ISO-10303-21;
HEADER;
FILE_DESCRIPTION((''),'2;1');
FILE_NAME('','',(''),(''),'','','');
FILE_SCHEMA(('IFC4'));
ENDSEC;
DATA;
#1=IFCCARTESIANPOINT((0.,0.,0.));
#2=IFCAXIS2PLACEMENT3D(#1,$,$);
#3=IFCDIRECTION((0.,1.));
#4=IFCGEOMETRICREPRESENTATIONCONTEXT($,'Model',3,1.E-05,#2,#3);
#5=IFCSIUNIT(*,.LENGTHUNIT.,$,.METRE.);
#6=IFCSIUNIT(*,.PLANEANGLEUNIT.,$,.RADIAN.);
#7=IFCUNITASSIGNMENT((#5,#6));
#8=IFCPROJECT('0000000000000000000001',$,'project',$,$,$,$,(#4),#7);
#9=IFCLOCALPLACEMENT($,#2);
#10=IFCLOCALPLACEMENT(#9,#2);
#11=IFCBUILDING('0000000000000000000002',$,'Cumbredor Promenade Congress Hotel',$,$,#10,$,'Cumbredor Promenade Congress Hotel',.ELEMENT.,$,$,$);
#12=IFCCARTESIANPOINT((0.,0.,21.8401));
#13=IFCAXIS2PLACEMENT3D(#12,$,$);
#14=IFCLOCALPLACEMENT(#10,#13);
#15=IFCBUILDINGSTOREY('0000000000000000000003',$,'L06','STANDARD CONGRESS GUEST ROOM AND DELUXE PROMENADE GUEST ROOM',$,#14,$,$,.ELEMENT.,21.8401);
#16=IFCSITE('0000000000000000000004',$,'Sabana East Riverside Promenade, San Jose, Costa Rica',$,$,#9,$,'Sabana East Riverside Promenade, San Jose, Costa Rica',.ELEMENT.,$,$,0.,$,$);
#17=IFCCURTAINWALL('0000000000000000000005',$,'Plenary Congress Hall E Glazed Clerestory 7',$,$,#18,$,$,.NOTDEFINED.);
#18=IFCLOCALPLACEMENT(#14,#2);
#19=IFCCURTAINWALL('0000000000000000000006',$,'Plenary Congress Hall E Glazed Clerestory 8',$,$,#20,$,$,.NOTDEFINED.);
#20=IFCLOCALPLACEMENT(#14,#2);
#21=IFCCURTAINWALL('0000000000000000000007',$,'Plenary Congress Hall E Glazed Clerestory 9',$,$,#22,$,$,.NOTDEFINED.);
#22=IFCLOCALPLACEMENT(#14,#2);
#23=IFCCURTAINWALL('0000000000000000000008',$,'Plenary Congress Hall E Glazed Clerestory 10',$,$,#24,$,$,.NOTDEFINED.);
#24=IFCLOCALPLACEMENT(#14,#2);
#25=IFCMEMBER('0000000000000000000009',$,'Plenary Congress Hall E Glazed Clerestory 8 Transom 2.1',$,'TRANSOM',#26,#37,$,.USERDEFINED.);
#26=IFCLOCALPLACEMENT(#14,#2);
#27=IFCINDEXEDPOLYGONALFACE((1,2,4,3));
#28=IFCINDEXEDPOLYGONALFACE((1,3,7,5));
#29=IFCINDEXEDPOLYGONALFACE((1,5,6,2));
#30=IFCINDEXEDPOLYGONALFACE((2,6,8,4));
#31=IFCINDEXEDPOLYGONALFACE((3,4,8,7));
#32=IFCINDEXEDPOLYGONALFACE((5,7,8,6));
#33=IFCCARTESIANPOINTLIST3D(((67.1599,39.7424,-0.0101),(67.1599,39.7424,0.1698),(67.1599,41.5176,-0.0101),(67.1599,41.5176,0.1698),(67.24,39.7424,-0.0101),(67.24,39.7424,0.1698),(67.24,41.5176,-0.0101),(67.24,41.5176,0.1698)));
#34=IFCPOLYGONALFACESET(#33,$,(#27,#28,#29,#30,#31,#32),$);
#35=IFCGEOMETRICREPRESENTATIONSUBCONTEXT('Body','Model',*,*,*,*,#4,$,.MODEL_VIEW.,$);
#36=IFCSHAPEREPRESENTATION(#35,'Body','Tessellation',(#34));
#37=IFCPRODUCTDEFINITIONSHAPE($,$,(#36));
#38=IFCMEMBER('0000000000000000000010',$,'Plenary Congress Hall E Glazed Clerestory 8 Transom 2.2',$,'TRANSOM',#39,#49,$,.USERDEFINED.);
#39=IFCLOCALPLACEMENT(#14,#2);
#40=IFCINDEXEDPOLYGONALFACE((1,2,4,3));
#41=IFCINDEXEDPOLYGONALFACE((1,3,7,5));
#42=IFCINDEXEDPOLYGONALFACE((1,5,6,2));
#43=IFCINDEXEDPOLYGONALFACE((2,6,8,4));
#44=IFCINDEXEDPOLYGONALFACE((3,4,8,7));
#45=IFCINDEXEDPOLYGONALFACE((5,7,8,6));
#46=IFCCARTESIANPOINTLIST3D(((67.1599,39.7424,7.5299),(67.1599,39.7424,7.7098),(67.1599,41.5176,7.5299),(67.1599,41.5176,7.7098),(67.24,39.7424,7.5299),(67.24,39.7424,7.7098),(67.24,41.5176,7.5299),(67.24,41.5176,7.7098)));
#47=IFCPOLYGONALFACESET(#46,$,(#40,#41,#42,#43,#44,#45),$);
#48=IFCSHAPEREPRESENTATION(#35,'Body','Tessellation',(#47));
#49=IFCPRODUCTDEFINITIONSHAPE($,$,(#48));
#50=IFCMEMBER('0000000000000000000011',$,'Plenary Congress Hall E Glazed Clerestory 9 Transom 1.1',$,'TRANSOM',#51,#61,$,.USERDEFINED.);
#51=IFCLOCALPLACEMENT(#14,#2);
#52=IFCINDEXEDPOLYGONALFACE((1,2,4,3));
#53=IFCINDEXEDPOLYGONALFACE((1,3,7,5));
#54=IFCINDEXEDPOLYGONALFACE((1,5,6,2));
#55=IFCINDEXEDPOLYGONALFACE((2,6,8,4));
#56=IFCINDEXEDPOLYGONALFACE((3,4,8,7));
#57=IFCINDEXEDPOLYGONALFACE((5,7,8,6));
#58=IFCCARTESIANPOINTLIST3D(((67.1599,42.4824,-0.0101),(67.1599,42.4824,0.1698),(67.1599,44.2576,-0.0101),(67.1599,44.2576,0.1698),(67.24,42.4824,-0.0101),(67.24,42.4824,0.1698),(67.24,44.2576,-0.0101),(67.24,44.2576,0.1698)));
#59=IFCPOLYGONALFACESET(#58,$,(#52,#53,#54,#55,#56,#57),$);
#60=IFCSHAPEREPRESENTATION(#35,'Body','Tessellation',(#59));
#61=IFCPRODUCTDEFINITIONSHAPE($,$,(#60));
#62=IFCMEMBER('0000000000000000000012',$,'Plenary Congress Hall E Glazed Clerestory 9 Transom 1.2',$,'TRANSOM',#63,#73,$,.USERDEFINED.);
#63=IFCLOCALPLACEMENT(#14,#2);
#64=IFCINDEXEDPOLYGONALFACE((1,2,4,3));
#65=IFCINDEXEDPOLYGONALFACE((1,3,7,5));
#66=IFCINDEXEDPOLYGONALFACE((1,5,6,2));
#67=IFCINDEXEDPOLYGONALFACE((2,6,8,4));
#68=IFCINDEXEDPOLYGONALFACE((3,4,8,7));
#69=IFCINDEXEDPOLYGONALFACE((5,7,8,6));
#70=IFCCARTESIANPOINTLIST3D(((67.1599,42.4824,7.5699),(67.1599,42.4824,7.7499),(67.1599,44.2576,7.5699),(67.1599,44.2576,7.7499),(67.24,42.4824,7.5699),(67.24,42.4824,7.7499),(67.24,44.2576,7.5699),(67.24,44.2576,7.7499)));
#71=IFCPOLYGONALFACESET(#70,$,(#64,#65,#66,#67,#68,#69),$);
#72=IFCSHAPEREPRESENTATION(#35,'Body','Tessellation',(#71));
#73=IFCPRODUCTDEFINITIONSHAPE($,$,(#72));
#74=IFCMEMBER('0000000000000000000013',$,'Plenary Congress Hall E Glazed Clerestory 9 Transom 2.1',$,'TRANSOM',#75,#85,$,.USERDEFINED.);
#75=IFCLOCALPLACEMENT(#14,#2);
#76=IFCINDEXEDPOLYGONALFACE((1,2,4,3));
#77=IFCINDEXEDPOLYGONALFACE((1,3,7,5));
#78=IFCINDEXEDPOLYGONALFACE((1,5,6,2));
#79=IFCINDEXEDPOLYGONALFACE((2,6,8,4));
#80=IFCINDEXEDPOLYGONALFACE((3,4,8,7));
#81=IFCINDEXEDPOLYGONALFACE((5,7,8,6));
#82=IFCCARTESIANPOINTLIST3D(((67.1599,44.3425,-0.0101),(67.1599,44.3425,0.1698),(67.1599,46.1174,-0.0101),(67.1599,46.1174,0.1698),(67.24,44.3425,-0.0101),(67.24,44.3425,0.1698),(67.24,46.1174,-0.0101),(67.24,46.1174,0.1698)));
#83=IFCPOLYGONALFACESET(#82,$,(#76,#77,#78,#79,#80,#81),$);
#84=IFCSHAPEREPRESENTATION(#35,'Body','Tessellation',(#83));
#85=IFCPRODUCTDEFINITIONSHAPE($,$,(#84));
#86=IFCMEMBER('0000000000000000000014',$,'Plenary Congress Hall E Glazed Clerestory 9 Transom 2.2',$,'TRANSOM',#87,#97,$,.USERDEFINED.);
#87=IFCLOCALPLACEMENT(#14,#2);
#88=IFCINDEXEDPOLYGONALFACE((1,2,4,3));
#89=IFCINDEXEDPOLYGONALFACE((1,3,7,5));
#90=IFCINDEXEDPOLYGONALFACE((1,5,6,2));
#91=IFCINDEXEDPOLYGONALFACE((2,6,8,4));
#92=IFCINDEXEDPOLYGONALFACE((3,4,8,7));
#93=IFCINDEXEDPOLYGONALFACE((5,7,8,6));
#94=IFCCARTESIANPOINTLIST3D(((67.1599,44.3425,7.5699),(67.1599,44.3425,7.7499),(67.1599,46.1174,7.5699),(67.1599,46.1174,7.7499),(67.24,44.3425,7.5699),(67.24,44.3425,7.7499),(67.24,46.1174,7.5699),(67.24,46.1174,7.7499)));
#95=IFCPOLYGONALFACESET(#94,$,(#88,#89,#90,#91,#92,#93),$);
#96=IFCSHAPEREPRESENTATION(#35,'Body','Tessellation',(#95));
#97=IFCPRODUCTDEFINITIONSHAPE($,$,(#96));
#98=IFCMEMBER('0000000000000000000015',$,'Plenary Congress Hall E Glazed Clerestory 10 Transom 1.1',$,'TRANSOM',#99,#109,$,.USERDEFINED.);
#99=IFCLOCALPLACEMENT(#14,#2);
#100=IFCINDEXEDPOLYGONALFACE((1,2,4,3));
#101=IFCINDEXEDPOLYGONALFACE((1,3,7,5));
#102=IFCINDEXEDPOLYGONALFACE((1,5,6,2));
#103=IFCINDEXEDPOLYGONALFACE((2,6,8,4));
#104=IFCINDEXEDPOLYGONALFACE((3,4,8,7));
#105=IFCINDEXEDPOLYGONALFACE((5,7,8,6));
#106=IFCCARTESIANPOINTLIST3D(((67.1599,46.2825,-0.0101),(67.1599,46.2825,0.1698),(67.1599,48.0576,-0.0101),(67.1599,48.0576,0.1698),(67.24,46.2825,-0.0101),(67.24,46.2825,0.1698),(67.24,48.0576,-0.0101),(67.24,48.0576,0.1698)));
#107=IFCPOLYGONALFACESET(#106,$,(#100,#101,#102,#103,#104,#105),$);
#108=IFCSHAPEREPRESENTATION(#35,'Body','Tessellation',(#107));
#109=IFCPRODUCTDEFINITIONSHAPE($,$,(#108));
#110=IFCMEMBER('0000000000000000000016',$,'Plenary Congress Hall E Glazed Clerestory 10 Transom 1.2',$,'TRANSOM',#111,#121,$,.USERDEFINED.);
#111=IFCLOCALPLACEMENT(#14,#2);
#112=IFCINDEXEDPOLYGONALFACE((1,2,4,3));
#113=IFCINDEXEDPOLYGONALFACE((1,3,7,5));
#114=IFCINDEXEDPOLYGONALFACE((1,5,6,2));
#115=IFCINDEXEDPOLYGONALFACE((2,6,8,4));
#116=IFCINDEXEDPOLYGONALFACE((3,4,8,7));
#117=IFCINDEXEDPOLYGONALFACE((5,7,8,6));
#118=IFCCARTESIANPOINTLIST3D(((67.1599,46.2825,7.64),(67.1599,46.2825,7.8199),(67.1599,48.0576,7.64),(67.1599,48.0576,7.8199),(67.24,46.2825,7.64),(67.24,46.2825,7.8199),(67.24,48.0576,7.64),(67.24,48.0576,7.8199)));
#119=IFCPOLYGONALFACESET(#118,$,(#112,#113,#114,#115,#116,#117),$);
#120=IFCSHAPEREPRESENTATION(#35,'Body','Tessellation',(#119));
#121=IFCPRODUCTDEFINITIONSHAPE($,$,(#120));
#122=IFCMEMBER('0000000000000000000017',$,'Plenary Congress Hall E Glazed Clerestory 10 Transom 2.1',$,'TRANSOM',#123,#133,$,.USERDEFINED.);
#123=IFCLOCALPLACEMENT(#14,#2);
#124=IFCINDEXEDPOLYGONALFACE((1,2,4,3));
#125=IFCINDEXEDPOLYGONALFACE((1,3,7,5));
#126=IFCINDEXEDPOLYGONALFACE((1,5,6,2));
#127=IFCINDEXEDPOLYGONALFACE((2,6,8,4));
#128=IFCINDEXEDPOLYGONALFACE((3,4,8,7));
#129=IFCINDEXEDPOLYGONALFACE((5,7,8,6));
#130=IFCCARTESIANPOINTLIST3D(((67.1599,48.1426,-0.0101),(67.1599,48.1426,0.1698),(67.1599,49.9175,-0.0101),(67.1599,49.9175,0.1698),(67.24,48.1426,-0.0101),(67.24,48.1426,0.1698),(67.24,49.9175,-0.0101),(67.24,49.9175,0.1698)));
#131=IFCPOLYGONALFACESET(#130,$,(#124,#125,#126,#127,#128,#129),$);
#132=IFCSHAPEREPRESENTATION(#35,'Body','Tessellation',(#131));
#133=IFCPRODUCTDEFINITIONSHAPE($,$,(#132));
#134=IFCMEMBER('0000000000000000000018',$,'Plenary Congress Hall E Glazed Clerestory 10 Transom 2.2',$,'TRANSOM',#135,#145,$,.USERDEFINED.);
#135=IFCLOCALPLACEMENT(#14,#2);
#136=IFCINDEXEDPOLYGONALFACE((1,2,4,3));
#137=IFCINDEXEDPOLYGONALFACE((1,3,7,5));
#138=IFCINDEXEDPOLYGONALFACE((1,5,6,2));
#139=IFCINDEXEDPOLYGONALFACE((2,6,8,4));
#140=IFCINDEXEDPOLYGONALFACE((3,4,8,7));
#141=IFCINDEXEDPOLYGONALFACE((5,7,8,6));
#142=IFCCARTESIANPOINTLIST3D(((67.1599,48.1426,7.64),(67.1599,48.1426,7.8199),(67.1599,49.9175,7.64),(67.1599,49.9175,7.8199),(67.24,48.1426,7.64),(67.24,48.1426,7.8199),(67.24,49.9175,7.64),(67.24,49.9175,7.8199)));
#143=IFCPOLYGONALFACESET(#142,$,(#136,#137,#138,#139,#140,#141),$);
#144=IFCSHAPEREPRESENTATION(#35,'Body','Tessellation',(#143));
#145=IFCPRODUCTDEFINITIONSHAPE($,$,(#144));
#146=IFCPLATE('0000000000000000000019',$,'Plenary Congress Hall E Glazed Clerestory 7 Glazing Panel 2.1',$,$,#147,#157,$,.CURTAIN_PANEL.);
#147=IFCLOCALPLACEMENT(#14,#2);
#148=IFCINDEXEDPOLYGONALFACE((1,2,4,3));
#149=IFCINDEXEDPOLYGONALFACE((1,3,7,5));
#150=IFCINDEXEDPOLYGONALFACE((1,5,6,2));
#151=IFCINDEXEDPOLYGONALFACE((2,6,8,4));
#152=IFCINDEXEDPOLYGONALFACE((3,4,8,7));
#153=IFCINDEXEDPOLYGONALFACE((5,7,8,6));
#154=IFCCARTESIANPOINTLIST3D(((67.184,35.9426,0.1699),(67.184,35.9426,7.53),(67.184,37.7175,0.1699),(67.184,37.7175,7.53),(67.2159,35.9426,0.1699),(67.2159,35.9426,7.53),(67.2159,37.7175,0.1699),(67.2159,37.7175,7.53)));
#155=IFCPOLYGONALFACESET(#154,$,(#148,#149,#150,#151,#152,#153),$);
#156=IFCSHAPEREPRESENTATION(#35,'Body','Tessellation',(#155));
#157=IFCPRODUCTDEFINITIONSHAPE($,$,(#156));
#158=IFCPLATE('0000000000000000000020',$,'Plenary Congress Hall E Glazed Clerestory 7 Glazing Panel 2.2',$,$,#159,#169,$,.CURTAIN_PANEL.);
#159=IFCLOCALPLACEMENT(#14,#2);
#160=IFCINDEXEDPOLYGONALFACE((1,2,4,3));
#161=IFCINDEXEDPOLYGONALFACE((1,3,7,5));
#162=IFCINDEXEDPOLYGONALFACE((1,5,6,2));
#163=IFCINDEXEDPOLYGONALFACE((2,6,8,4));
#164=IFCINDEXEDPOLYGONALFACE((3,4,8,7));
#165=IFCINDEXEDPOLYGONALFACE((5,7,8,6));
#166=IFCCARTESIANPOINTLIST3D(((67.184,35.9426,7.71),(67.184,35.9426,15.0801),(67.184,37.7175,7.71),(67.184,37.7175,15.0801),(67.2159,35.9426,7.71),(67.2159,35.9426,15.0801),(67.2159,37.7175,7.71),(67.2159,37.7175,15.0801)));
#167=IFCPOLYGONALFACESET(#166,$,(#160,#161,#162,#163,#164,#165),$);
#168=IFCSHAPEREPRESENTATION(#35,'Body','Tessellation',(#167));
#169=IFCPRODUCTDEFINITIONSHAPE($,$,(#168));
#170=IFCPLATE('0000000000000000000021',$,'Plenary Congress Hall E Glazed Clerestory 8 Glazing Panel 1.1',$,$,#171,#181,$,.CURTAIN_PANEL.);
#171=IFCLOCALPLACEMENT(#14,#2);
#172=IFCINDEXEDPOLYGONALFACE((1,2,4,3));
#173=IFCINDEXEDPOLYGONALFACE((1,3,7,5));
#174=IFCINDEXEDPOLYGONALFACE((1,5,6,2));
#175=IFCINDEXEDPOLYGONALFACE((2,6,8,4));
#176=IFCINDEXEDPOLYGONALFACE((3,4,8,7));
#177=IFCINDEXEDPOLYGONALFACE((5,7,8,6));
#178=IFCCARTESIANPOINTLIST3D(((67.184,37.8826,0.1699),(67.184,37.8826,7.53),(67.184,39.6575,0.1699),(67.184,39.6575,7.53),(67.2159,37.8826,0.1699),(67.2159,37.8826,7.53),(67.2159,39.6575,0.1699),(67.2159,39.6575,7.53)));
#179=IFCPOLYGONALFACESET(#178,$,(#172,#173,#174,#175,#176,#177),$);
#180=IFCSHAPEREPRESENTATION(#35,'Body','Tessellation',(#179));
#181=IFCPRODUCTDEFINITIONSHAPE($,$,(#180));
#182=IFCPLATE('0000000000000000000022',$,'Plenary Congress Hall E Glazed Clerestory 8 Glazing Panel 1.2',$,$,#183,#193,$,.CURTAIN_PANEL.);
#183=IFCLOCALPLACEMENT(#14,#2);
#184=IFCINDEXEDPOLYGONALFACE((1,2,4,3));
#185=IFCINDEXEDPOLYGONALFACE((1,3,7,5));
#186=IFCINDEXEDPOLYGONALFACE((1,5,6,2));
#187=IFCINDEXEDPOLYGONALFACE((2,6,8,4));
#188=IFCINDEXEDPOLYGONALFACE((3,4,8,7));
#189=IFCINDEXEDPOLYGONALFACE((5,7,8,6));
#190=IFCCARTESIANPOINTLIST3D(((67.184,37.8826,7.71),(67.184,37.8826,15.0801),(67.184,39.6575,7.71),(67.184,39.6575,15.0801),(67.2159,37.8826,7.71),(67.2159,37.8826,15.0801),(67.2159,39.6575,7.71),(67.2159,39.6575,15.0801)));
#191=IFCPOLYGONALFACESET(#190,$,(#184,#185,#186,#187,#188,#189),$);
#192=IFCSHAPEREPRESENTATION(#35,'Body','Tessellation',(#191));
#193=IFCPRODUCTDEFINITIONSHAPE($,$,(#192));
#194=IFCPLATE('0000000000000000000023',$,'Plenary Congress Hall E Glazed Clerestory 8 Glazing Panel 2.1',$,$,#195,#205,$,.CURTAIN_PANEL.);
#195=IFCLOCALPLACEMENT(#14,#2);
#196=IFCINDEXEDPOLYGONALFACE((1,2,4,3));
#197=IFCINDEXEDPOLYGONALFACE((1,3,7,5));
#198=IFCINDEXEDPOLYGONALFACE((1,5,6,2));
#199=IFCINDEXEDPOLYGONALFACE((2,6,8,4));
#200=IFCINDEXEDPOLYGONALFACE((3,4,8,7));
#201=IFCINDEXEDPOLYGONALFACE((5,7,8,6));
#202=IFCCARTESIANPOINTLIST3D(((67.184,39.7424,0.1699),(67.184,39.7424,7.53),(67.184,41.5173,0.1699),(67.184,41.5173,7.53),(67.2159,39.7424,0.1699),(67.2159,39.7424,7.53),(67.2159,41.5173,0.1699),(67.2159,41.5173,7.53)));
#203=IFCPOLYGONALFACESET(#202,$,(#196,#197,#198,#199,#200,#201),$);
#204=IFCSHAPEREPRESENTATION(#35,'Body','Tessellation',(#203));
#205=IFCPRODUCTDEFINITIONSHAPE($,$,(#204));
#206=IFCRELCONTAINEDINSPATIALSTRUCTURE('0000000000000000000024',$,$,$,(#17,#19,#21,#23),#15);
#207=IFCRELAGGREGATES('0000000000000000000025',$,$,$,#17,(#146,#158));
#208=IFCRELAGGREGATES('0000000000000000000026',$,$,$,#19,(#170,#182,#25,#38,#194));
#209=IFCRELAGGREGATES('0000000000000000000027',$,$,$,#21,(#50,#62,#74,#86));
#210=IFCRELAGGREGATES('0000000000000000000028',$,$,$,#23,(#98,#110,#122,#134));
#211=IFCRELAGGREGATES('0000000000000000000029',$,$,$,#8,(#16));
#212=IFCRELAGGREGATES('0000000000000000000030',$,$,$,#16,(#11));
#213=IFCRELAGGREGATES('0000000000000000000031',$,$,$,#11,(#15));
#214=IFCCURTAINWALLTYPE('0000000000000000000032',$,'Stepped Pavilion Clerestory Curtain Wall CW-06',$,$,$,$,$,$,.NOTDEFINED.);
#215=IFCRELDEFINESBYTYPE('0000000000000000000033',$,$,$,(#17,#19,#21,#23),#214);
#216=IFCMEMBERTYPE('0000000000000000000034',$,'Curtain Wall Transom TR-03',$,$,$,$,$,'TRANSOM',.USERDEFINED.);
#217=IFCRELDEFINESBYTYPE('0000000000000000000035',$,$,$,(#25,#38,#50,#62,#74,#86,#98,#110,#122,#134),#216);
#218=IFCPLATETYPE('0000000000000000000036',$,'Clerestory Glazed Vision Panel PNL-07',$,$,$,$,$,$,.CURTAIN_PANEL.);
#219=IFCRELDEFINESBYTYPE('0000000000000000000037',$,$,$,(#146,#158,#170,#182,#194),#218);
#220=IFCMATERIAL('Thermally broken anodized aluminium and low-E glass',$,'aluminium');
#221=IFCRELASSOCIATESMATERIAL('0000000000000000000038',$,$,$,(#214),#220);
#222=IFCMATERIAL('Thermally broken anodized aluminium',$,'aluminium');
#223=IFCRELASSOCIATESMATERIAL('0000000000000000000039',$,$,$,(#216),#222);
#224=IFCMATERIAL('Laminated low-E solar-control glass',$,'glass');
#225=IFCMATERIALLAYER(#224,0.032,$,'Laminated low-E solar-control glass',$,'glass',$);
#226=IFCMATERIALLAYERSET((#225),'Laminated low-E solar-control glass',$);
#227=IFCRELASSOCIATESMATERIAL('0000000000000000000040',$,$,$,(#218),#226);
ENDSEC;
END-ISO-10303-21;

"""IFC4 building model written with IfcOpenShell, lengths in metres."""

from ifc_helpers import new_model, si_unit, direction, frame, origin, origin_2d, place, context, subcontext, project, spatial, rectangle, extrude, material, layer, layer_set, material_profile, profile_set, type_object, element, aggregate, save


model = new_model("IFC4")

# Units and contexts
model_context = context("Model", 3, precision=1e-05, world=origin(), true_north=direction((0.0, 1.0)))
body_context = subcontext(model_context, "Body", "Model", "MODEL_VIEW")
ifc_project = project(units=[si_unit("LENGTHUNIT", "METRE"), si_unit("PLANEANGLEUNIT", "RADIAN")], contexts=[model_context])

# Site, building, storey
site_placement = place(None, origin())
site = spatial("IfcSite", under=ifc_project, at=site_placement, Name="Sabana East Riverside Promenade, San Jose, Costa Rica", LongName="Sabana East Riverside Promenade, San Jose, Costa Rica", CompositionType="ELEMENT", RefElevation=0.0)
building_placement = place(site_placement, origin())
building = spatial("IfcBuilding", under=site, at=building_placement, Name="Cumbredor Promenade Congress Hotel", LongName="Cumbredor Promenade Congress Hotel", CompositionType="ELEMENT")
storey_placement = place(building_placement, frame((0.0, 0.0, 21.8401)))
storey = spatial("IfcBuildingStorey", under=building, at=storey_placement, Name="L06", Description="STANDARD CONGRESS GUEST ROOM AND DELUXE PROMENADE GUEST ROOM", CompositionType="ELEMENT", Elevation=21.8401)

# Curtain walls
ifc_material_1 = material(Name="Thermally broken anodized aluminium and low-E glass", Category="aluminium")
curtain_wall_type = type_object("IfcCurtainWallType", Name="Stepped Pavilion Clerestory Curtain Wall CW-06", PredefinedType="NOTDEFINED", material=ifc_material_1)
curtain_wall_1_placement = place(storey_placement, origin())
curtain_wall_1 = element("IfcCurtainWall", 1, at=curtain_wall_1_placement, inside=storey, type_object=curtain_wall_type, Name="Plenary Congress Hall E Glazed Clerestory 7", PredefinedType="NOTDEFINED")
ifc_material_2 = material(Name="Thermally broken anodized aluminium", Category="aluminium")
curtain_wall_2_placement = place(storey_placement, origin())
curtain_wall_2 = element("IfcCurtainWall", 2, at=curtain_wall_2_placement, inside=storey, type_object=curtain_wall_type, Name="Plenary Congress Hall E Glazed Clerestory 8", PredefinedType="NOTDEFINED")
curtain_wall_3_placement = place(storey_placement, origin())
curtain_wall_3 = element("IfcCurtainWall", 3, at=curtain_wall_3_placement, inside=storey, type_object=curtain_wall_type, Name="Plenary Congress Hall E Glazed Clerestory 9", PredefinedType="NOTDEFINED")
curtain_wall_4_placement = place(storey_placement, origin())
curtain_wall_4 = element("IfcCurtainWall", 4, at=curtain_wall_4_placement, inside=storey, type_object=curtain_wall_type, Name="Plenary Congress Hall E Glazed Clerestory 10", PredefinedType="NOTDEFINED")

# Members
ifc_material_profile_1 = material_profile(ifc_material_2, rectangle(XDim=0.0801, YDim=0.1799, at=origin_2d()), Name="ALU TRANSOM 80x180")
ifc_profile_set_1 = profile_set([ifc_material_profile_1], Name="Thermally broken anodized aluminium")
member_type_1 = type_object("IfcMemberType", Name="Curtain Wall Transom TR-03", ElementType="TRANSOM", PredefinedType="USERDEFINED", material=ifc_profile_set_1)
member_1_placement = place(storey_placement, frame((67.2, 39.7424, 0.0798), z_axis=(0.0, 1.0, 0.0), x_axis=(-1.0, 0.0, 0.0)))
member_1 = element("IfcMember", 5, at=member_1_placement, type_object=member_type_1, Name="Plenary Congress Hall E Glazed Clerestory 8 Transom 2.1", ObjectType="TRANSOM", PredefinedType="USERDEFINED", context=body_context, shape_type="SweptSolid", body=[
    extrude(rectangle(XDim=0.0801, YDim=0.1799, at=origin_2d()), origin(), (0.0, 0.0, 1.0), 1.7751),
])
member_2_placement = place(storey_placement, frame((67.2, 39.7424, 7.6199), z_axis=(0.0, 1.0, 0.0), x_axis=(-1.0, 0.0, 0.0)))
member_2 = element("IfcMember", 6, at=member_2_placement, type_object=member_type_1, Name="Plenary Congress Hall E Glazed Clerestory 8 Transom 2.2", ObjectType="TRANSOM", PredefinedType="USERDEFINED", context=body_context, shape_type="SweptSolid", body=[
    extrude(rectangle(XDim=0.0801, YDim=0.1799, at=origin_2d()), origin(), (0.0, 0.0, 1.0), 1.7751),
])
member_3_placement = place(storey_placement, frame((67.2, 42.4824, 0.0798), z_axis=(0.0, 1.0, 0.0), x_axis=(-1.0, 0.0, 0.0)))
member_3 = element("IfcMember", 7, at=member_3_placement, type_object=member_type_1, Name="Plenary Congress Hall E Glazed Clerestory 9 Transom 1.1", ObjectType="TRANSOM", PredefinedType="USERDEFINED", context=body_context, shape_type="SweptSolid", body=[
    extrude(rectangle(XDim=0.0801, YDim=0.1799, at=origin_2d()), origin(), (0.0, 0.0, 1.0), 1.7751),
])
member_4_placement = place(storey_placement, frame((67.2, 42.4824, 7.6599), z_axis=(0.0, 1.0, 0.0), x_axis=(-1.0, 0.0, 0.0)))
member_4 = element("IfcMember", 8, at=member_4_placement, type_object=member_type_1, Name="Plenary Congress Hall E Glazed Clerestory 9 Transom 1.2", ObjectType="TRANSOM", PredefinedType="USERDEFINED", context=body_context, shape_type="SweptSolid", body=[
    extrude(rectangle(XDim=0.0801, YDim=0.1799, at=origin_2d()), origin(), (0.0, 0.0, 1.0), 1.7751),
])
member_5_placement = place(storey_placement, frame((67.2, 44.3425, 0.0798), z_axis=(0.0, 1.0, 0.0), x_axis=(-1.0, 0.0, 0.0)))
member_5 = element("IfcMember", 9, at=member_5_placement, type_object=member_type_1, Name="Plenary Congress Hall E Glazed Clerestory 9 Transom 2.1", ObjectType="TRANSOM", PredefinedType="USERDEFINED", context=body_context, shape_type="SweptSolid", body=[
    extrude(rectangle(XDim=0.0801, YDim=0.1799, at=origin_2d()), origin(), (0.0, 0.0, 1.0), 1.7749),
])
member_6_placement = place(storey_placement, frame((67.2, 44.3425, 7.6599), z_axis=(0.0, 1.0, 0.0), x_axis=(-1.0, 0.0, 0.0)))
member_6 = element("IfcMember", 10, at=member_6_placement, type_object=member_type_1, Name="Plenary Congress Hall E Glazed Clerestory 9 Transom 2.2", ObjectType="TRANSOM", PredefinedType="USERDEFINED", context=body_context, shape_type="SweptSolid", body=[
    extrude(rectangle(XDim=0.0801, YDim=0.1799, at=origin_2d()), origin(), (0.0, 0.0, 1.0), 1.7749),
])
member_7_placement = place(storey_placement, frame((67.2, 46.2825, 0.0798), z_axis=(0.0, 1.0, 0.0), x_axis=(-1.0, 0.0, 0.0)))
member_7 = element("IfcMember", 11, at=member_7_placement, type_object=member_type_1, Name="Plenary Congress Hall E Glazed Clerestory 10 Transom 1.1", ObjectType="TRANSOM", PredefinedType="USERDEFINED", context=body_context, shape_type="SweptSolid", body=[
    extrude(rectangle(XDim=0.0801, YDim=0.1799, at=origin_2d()), origin(), (0.0, 0.0, 1.0), 1.7751),
])
member_8_placement = place(storey_placement, frame((67.2, 46.2825, 7.73), z_axis=(0.0, 1.0, 0.0), x_axis=(-1.0, 0.0, 0.0)))
member_8 = element("IfcMember", 12, at=member_8_placement, type_object=member_type_1, Name="Plenary Congress Hall E Glazed Clerestory 10 Transom 1.2", ObjectType="TRANSOM", PredefinedType="USERDEFINED", context=body_context, shape_type="SweptSolid", body=[
    extrude(rectangle(XDim=0.0801, YDim=0.1799, at=origin_2d()), origin(), (0.0, 0.0, 1.0), 1.7751),
])
member_9_placement = place(storey_placement, frame((67.2, 48.1426, 0.0798), z_axis=(0.0, 1.0, 0.0), x_axis=(-1.0, 0.0, 0.0)))
member_9 = element("IfcMember", 13, at=member_9_placement, type_object=member_type_1, Name="Plenary Congress Hall E Glazed Clerestory 10 Transom 2.1", ObjectType="TRANSOM", PredefinedType="USERDEFINED", context=body_context, shape_type="SweptSolid", body=[
    extrude(rectangle(XDim=0.0801, YDim=0.1799, at=origin_2d()), origin(), (0.0, 0.0, 1.0), 1.7749),
])
member_10_placement = place(storey_placement, frame((67.2, 48.1426, 7.73), z_axis=(0.0, 1.0, 0.0), x_axis=(-1.0, 0.0, 0.0)))
member_10 = element("IfcMember", 14, at=member_10_placement, type_object=member_type_1, Name="Plenary Congress Hall E Glazed Clerestory 10 Transom 2.2", ObjectType="TRANSOM", PredefinedType="USERDEFINED", context=body_context, shape_type="SweptSolid", body=[
    extrude(rectangle(XDim=0.0801, YDim=0.1799, at=origin_2d()), origin(), (0.0, 0.0, 1.0), 1.7749),
])

# Plates
ifc_material_3 = material(Name="Laminated low-E solar-control glass", Category="glass")
ifc_layer = layer(ifc_material_3, 0.032, Name="Laminated low-E solar-control glass", Category="glass")
ifc_layer_set = layer_set([ifc_layer], Name="Laminated low-E solar-control glass")
plate_type = type_object("IfcPlateType", Name="Clerestory Glazed Vision Panel PNL-07", PredefinedType="CURTAIN_PANEL", material=ifc_layer_set)
plate_1_placement = place(storey_placement, frame((67.2, 36.8301, 0.1699), z_axis=(0.0, 0.0, 1.0), x_axis=(0.0, 1.0, 0.0)))
plate_1 = element("IfcPlate", 15, at=plate_1_placement, type_object=plate_type, Name="Plenary Congress Hall E Glazed Clerestory 7 Glazing Panel 2.1", PredefinedType="CURTAIN_PANEL", context=body_context, shape_type="SweptSolid", body=[
    extrude(rectangle(XDim=1.7749, YDim=0.032, at=origin_2d()), origin(), (0.0, 0.0, 1.0), 7.3601),
])
plate_2_placement = place(storey_placement, frame((67.2, 36.8301, 7.71), z_axis=(0.0, 0.0, 1.0), x_axis=(0.0, 1.0, 0.0)))
plate_2 = element("IfcPlate", 16, at=plate_2_placement, type_object=plate_type, Name="Plenary Congress Hall E Glazed Clerestory 7 Glazing Panel 2.2", PredefinedType="CURTAIN_PANEL", context=body_context, shape_type="SweptSolid", body=[
    extrude(rectangle(XDim=1.7749, YDim=0.032, at=origin_2d()), origin(), (0.0, 0.0, 1.0), 7.3701),
])
aggregate(curtain_wall_1, [plate_1, plate_2])
plate_3_placement = place(storey_placement, frame((67.2, 38.77, 0.1699), z_axis=(0.0, 0.0, 1.0), x_axis=(0.0, 1.0, 0.0)))
plate_3 = element("IfcPlate", 17, at=plate_3_placement, type_object=plate_type, Name="Plenary Congress Hall E Glazed Clerestory 8 Glazing Panel 1.1", PredefinedType="CURTAIN_PANEL", context=body_context, shape_type="SweptSolid", body=[
    extrude(rectangle(XDim=1.7749, YDim=0.032, at=origin_2d()), origin(), (0.0, 0.0, 1.0), 7.3601),
])
plate_4_placement = place(storey_placement, frame((67.2, 38.77, 7.71), z_axis=(0.0, 0.0, 1.0), x_axis=(0.0, 1.0, 0.0)))
plate_4 = element("IfcPlate", 18, at=plate_4_placement, type_object=plate_type, Name="Plenary Congress Hall E Glazed Clerestory 8 Glazing Panel 1.2", PredefinedType="CURTAIN_PANEL", context=body_context, shape_type="SweptSolid", body=[
    extrude(rectangle(XDim=1.7749, YDim=0.032, at=origin_2d()), origin(), (0.0, 0.0, 1.0), 7.3701),
])
plate_5_placement = place(storey_placement, frame((67.2, 40.6299, 0.1699), z_axis=(0.0, 0.0, 1.0), x_axis=(0.0, 1.0, 0.0)))
plate_5 = element("IfcPlate", 19, at=plate_5_placement, type_object=plate_type, Name="Plenary Congress Hall E Glazed Clerestory 8 Glazing Panel 2.1", PredefinedType="CURTAIN_PANEL", context=body_context, shape_type="SweptSolid", body=[
    extrude(rectangle(XDim=1.7749, YDim=0.032, at=origin_2d()), origin(), (0.0, 0.0, 1.0), 7.3601),
])
aggregate(curtain_wall_2, [plate_3, plate_4, member_1, member_2, plate_5])
aggregate(curtain_wall_3, [member_3, member_4, member_5, member_6])
aggregate(curtain_wall_4, [member_7, member_8, member_9, member_10])

save(model, "model.ifc")
